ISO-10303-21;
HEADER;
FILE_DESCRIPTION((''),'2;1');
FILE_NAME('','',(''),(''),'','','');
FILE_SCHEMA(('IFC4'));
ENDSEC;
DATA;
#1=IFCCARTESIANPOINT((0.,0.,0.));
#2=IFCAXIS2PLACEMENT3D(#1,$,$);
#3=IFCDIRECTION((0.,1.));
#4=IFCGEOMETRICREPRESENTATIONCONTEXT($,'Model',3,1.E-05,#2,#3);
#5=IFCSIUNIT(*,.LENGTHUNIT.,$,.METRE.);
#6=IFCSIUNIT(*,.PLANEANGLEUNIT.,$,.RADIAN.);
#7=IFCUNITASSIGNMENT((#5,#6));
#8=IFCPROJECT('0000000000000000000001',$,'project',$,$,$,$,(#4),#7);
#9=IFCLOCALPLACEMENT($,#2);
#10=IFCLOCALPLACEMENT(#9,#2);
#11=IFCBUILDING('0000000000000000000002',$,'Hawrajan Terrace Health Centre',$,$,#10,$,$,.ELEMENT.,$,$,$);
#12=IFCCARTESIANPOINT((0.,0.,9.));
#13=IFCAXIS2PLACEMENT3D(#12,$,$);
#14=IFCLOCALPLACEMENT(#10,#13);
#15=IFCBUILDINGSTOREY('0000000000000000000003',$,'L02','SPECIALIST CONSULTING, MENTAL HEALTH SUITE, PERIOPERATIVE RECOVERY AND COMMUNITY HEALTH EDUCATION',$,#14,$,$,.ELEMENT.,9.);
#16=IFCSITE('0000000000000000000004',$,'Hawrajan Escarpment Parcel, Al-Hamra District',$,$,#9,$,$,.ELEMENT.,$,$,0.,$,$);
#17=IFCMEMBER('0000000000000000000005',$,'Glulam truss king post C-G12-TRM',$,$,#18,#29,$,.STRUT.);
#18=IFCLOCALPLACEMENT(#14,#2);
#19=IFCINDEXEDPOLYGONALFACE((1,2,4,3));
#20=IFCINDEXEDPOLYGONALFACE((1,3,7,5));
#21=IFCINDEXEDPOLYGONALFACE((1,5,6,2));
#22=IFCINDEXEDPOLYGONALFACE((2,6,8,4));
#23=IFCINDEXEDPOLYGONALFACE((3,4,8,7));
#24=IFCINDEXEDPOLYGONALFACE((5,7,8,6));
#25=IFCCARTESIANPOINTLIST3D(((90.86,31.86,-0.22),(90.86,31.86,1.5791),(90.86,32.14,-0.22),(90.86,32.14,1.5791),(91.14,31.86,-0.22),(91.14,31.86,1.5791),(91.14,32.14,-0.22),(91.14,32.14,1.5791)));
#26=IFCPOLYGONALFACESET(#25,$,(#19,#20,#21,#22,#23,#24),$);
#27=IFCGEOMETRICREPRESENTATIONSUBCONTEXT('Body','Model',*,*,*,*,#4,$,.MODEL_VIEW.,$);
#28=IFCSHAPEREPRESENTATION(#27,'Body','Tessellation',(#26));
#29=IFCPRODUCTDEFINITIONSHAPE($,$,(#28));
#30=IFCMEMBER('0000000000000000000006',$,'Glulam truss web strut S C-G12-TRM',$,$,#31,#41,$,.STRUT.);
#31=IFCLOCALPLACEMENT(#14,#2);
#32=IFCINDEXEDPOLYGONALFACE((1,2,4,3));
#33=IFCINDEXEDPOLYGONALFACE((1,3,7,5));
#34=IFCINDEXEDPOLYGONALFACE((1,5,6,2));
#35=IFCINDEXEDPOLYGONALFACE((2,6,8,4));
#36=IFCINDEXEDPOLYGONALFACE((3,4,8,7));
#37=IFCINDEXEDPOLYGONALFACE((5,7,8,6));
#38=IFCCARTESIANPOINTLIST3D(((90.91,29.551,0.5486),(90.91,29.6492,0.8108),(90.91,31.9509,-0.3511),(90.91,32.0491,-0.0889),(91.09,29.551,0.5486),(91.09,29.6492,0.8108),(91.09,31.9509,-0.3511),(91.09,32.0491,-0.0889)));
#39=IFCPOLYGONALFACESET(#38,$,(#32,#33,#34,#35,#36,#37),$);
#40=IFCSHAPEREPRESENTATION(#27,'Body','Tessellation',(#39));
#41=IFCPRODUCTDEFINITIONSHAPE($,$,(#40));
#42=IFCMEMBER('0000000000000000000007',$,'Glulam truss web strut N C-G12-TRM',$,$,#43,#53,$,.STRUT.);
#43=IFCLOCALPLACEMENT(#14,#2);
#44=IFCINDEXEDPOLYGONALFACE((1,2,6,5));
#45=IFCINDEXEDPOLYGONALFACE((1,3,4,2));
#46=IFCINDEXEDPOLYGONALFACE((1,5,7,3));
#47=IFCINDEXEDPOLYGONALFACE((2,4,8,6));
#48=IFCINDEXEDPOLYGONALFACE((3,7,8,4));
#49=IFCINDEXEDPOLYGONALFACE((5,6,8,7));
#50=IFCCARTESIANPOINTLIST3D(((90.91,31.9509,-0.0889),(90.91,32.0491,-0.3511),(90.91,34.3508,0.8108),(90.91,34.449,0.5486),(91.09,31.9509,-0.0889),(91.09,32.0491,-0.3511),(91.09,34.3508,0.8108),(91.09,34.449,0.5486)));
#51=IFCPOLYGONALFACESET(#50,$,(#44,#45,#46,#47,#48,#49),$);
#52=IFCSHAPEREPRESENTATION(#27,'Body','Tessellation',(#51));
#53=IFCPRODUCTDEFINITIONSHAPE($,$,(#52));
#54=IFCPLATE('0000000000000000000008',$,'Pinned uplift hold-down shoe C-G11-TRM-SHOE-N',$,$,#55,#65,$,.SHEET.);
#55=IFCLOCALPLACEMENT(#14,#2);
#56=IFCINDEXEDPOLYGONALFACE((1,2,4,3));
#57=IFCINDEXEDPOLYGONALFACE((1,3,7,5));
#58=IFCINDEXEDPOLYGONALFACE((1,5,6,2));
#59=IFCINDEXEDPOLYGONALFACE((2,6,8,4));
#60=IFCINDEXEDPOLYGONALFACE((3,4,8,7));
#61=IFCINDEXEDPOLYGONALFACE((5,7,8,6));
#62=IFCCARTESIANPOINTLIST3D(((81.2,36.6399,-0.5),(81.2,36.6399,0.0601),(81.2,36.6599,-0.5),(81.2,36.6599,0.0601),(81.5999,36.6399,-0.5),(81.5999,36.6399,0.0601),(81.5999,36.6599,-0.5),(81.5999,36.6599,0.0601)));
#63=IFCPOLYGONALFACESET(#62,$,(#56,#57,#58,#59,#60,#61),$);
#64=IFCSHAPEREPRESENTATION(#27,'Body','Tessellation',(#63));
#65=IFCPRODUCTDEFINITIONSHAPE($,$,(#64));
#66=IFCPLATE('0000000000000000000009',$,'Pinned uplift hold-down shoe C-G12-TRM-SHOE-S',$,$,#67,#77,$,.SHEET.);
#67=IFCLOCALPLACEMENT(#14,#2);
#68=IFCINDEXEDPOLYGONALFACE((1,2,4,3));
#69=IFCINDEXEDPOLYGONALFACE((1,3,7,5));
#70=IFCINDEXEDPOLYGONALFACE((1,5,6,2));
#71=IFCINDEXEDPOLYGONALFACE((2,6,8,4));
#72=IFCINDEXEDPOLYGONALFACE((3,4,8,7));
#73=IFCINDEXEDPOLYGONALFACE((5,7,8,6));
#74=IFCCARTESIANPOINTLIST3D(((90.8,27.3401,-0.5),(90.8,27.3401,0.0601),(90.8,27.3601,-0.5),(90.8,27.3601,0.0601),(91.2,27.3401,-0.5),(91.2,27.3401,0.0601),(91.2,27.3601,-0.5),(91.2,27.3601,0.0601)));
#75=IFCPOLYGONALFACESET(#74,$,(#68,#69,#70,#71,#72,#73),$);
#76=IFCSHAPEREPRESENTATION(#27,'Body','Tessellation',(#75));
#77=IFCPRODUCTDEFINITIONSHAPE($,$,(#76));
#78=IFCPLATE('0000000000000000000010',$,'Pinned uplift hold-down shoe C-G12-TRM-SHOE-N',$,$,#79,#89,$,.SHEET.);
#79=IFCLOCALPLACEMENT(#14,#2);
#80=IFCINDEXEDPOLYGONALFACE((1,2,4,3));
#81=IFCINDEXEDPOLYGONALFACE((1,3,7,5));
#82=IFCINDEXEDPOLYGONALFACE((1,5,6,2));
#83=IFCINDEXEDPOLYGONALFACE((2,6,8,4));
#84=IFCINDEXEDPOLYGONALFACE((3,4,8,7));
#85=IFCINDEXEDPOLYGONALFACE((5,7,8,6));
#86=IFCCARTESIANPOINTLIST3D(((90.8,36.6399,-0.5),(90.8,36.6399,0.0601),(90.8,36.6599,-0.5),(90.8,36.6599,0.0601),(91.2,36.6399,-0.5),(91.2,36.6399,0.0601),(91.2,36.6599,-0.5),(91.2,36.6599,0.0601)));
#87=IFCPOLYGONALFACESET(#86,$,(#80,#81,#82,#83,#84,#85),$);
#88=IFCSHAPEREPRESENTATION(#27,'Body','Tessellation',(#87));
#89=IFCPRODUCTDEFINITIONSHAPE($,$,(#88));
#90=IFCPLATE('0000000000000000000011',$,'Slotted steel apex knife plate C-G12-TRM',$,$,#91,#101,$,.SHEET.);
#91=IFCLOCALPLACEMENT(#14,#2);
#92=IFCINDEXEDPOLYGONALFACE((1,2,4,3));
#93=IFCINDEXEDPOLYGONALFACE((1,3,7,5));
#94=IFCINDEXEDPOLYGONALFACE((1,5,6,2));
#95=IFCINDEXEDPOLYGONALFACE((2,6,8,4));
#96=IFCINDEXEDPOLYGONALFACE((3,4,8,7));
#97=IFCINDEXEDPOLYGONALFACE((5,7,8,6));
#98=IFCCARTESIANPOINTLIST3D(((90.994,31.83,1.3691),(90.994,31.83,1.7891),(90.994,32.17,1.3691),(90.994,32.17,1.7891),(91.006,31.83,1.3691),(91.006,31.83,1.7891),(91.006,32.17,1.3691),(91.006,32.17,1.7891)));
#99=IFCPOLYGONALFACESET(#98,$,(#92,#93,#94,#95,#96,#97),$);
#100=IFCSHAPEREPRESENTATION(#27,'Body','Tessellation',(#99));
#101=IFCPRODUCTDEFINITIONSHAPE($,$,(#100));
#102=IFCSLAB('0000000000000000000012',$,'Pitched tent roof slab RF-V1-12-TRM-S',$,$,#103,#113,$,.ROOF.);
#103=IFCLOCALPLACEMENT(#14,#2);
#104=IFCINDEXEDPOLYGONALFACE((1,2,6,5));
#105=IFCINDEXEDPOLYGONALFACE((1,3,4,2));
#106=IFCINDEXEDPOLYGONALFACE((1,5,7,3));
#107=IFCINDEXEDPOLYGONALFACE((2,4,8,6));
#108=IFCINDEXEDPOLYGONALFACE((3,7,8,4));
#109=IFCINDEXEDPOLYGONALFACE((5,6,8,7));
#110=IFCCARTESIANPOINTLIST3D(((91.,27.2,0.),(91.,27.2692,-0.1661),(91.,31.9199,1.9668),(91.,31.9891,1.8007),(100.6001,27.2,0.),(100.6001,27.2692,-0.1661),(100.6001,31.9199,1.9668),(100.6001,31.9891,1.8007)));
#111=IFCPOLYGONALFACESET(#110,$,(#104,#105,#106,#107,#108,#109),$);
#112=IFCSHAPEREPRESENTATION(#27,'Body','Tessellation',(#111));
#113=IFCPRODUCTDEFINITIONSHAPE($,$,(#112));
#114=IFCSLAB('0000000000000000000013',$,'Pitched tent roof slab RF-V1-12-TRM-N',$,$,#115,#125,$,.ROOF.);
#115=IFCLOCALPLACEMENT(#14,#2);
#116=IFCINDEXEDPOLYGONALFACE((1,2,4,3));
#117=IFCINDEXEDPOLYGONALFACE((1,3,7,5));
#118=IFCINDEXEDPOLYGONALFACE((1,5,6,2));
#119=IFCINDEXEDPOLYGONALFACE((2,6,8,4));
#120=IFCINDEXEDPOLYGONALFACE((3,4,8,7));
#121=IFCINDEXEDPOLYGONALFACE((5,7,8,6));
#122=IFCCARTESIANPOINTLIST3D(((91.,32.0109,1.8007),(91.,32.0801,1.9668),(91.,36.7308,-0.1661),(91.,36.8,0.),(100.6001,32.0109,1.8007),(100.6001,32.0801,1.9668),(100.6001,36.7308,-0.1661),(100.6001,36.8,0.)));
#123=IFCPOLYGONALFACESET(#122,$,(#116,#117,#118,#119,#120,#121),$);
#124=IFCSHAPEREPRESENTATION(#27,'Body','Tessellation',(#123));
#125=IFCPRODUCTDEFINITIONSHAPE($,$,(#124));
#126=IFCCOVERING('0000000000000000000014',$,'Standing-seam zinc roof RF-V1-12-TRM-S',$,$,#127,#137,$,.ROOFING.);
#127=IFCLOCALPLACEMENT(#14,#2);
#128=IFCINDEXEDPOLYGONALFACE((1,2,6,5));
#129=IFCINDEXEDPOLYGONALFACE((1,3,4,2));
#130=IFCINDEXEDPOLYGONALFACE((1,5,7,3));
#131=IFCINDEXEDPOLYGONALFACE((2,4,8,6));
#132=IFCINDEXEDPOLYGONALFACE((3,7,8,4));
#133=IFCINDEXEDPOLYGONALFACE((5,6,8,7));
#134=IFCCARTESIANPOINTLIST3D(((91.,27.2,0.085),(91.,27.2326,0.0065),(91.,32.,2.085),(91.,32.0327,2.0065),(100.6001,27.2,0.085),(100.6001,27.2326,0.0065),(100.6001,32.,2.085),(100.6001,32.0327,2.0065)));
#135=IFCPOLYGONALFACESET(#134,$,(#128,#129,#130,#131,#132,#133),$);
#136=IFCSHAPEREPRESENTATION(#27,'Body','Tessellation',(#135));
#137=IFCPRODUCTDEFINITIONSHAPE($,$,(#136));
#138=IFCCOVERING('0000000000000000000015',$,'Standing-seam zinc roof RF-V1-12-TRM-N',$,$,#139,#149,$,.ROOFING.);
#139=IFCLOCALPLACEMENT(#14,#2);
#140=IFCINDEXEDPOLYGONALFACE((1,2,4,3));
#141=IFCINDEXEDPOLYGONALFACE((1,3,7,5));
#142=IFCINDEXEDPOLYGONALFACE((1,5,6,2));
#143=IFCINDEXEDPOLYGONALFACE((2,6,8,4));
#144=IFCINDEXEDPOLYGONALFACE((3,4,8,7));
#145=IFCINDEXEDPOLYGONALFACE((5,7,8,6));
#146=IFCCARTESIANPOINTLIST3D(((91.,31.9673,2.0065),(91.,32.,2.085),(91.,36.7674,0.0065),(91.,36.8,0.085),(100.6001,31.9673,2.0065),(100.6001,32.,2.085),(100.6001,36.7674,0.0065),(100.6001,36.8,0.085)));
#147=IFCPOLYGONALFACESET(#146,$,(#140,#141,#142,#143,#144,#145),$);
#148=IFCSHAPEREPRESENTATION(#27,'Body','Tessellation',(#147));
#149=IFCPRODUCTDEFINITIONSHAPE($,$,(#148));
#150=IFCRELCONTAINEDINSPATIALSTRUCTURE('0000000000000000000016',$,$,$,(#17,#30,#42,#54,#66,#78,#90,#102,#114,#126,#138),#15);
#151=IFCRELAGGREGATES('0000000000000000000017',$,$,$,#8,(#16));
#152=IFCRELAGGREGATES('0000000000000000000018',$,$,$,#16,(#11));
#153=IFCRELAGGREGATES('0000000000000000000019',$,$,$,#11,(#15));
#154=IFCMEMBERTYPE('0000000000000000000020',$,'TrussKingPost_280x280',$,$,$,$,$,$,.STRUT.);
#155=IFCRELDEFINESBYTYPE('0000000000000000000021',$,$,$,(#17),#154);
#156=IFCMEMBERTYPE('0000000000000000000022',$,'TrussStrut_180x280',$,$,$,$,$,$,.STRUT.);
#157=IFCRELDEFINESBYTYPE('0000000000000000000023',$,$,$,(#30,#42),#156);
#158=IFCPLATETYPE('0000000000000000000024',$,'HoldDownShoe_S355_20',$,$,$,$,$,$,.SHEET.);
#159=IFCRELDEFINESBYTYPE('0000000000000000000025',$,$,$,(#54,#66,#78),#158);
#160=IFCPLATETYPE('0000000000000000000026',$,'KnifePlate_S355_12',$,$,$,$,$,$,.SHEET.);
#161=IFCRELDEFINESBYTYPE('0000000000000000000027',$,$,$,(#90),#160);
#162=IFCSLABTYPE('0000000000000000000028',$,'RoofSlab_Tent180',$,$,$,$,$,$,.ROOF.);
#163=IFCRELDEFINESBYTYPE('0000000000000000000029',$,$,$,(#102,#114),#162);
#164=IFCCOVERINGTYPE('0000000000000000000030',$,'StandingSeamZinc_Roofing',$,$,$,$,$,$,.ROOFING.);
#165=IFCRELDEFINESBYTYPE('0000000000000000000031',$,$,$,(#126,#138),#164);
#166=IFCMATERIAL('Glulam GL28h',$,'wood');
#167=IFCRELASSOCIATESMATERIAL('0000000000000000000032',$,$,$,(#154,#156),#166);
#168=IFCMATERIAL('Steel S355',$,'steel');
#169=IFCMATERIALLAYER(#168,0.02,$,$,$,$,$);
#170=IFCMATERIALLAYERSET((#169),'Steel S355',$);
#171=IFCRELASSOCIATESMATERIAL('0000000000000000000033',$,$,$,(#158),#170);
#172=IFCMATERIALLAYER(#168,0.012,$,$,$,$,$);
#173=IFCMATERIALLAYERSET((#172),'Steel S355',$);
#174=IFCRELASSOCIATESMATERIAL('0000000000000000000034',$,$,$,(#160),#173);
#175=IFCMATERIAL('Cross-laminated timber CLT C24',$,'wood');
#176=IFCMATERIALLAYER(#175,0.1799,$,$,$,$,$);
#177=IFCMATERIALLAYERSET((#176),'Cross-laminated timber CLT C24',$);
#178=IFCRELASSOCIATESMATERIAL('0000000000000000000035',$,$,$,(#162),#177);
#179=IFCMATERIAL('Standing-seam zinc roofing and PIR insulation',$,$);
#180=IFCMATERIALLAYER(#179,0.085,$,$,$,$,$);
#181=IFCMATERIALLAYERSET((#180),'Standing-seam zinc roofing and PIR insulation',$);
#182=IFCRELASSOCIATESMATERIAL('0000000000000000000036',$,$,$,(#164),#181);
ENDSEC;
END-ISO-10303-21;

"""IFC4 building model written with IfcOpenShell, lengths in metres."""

from ifc_helpers import new_model, si_unit, direction, frame, origin, origin_2d, place, context, subcontext, project, spatial, polyline, rectangle, outline, extrude, material, layer, layer_set, material_profile, profile_set, type_object, element, save


model = new_model("IFC4")

# Units and contexts
model_context = context("Model", 3, precision=1e-05, world=origin(), true_north=direction((0.0, 1.0)))
body_context = subcontext(model_context, "Body", "Model", "MODEL_VIEW")
ifc_project = project(units=[si_unit("LENGTHUNIT", "METRE"), si_unit("PLANEANGLEUNIT", "RADIAN")], contexts=[model_context])

# Site, building, storey
site_placement = place(None, origin())
site = spatial("IfcSite", under=ifc_project, at=site_placement, Name="Hawrajan Escarpment Parcel, Al-Hamra District", CompositionType="ELEMENT", RefElevation=0.0)
building_placement = place(site_placement, origin())
building = spatial("IfcBuilding", under=site, at=building_placement, Name="Hawrajan Terrace Health Centre", CompositionType="ELEMENT")
storey_placement = place(building_placement, frame((0.0, 0.0, 9.0)))
storey = spatial("IfcBuildingStorey", under=building, at=storey_placement, Name="L02", Description="SPECIALIST CONSULTING, MENTAL HEALTH SUITE, PERIOPERATIVE RECOVERY AND COMMUNITY HEALTH EDUCATION", CompositionType="ELEMENT", Elevation=9.0)

# Shared definitions
ifc_material_1 = material(Name="Glulam GL28h", Category="wood")

# Shared definitions
ifc_material_2 = material(Name="Steel S355", Category="steel")

# Members
ifc_material_profile_1 = material_profile(ifc_material_1, rectangle(XDim=0.28, YDim=0.28, at=origin_2d()), Name="GL KP 280x280")
ifc_profile_set_1 = profile_set([ifc_material_profile_1], Name="Glulam GL28h")
member_type_1 = type_object("IfcMemberType", Name="TrussKingPost_280x280", PredefinedType="STRUT", material=ifc_profile_set_1)
member_1_placement = place(storey_placement, frame((91.0, 32.0, -0.22), z_axis=(0.0, 0.0, 1.0), x_axis=(1.0, 0.0, 0.0)))
element("IfcMember", 1, at=member_1_placement, inside=storey, type_object=member_type_1, Name="Glulam truss king post C-G12-TRM", PredefinedType="STRUT", context=body_context, shape_type="SweptSolid", body=[
    extrude(rectangle(XDim=0.28, YDim=0.28, at=origin_2d()), origin(), (0.0, 0.0, 1.0), 1.7991),
])
ifc_material_profile_2 = material_profile(ifc_material_1, rectangle(XDim=0.1799, YDim=0.28, at=origin_2d()), Name="GL WEB 180x280")
ifc_profile_set_2 = profile_set([ifc_material_profile_2], Name="Glulam GL28h")
member_type_2 = type_object("IfcMemberType", Name="TrussStrut_180x280", PredefinedType="STRUT", material=ifc_profile_set_2)
for number, where, z_axis, x_axis, name in (
    (2, (91.0, 32.0, -0.22), (0.0, -0.936368, 0.351019), (1.0, 0.0, 0.0), "Glulam truss web strut S C-G12-TRM"),
    (3, (91.0, 32.0, -0.22), (0.0, 0.936368, 0.351019), (-1.0, 0.0, 0.0), "Glulam truss web strut N C-G12-TRM"),
):
    element("IfcMember", number, at=place(storey_placement, frame(where, z_axis=z_axis, x_axis=x_axis)), inside=storey, type_object=member_type_2, Name=name, PredefinedType="STRUT", context=body_context, shape_type="SweptSolid", body=[
        extrude(rectangle(XDim=0.1799, YDim=0.28, at=origin_2d()), origin(), (0.0, 0.0, 1.0), 2.563),
    ])

# Plates
ifc_layer_1 = layer(ifc_material_2, 0.02)
ifc_layer_set_1 = layer_set([ifc_layer_1], Name="Steel S355")
plate_type_1 = type_object("IfcPlateType", Name="HoldDownShoe_S355_20", PredefinedType="SHEET", material=ifc_layer_set_1)
for number, where, z_axis, x_axis, name in (
    (4, (81.3999, 36.6499, -0.5), (0.0, 0.0, 1.0), (1.0, 0.0, 0.0), "Pinned uplift hold-down shoe C-G11-TRM-SHOE-N"),
    (5, (91.0, 27.3501, -0.5), (0.0, 0.0, 1.0), (1.0, 0.0, 0.0), "Pinned uplift hold-down shoe C-G12-TRM-SHOE-S"),
    (6, (91.0, 36.6499, -0.5), (0.0, 0.0, 1.0), (1.0, 0.0, 0.0), "Pinned uplift hold-down shoe C-G12-TRM-SHOE-N"),
):
    element("IfcPlate", number, at=place(storey_placement, frame(where, z_axis=z_axis, x_axis=x_axis)), inside=storey, type_object=plate_type_1, Name=name, PredefinedType="SHEET", context=body_context, shape_type="SweptSolid", body=[
        extrude(rectangle(XDim=0.3999, YDim=0.02, at=origin_2d()), origin(), (0.0, 0.0, 1.0), 0.5601),
    ])
ifc_layer_2 = layer(ifc_material_2, 0.012)
ifc_layer_set_2 = layer_set([ifc_layer_2], Name="Steel S355")
plate_type_2 = type_object("IfcPlateType", Name="KnifePlate_S355_12", PredefinedType="SHEET", material=ifc_layer_set_2)
plate_placement = place(storey_placement, frame((91.0, 32.0, 1.3691), z_axis=(0.0, 0.0, 1.0), x_axis=(1.0, 0.0, 0.0)))
element("IfcPlate", 7, at=plate_placement, inside=storey, type_object=plate_type_2, Name="Slotted steel apex knife plate C-G12-TRM", PredefinedType="SHEET", context=body_context, shape_type="SweptSolid", body=[
    extrude(rectangle(XDim=0.012, YDim=0.3401, at=origin_2d()), origin(), (0.0, 0.0, 1.0), 0.4199),
])

# Slabs
ifc_material_3 = material(Name="Cross-laminated timber CLT C24", Category="wood")
ifc_layer_3 = layer(ifc_material_3, 0.1799)
ifc_layer_set_3 = layer_set([ifc_layer_3], Name="Cross-laminated timber CLT C24")
slab_type = type_object("IfcSlabType", Name="RoofSlab_Tent180", PredefinedType="ROOF", material=ifc_layer_set_3)
for number, where, z_axis, x_axis, name in (
    (8, (91.0, 27.2, 0.0), (0.0, -0.384639, 0.923067), (1.0, 0.0, 0.0), "Pitched tent roof slab RF-V1-12-TRM-S"),
    (9, (91.0, 32.0801, 1.9668), (0.0, 0.384639, 0.923067), (1.0, 0.0, 0.0), "Pitched tent roof slab RF-V1-12-TRM-N"),
):
    element("IfcSlab", number, at=place(storey_placement, frame(where, z_axis=z_axis, x_axis=x_axis)), inside=storey, type_object=slab_type, Name=name, PredefinedType="ROOF", context=body_context, shape_type="SweptSolid", body=[
        extrude(outline(polyline([(0.0, 0.0), (9.6001, 0.0), (9.6001, 5.1134), (0.0, 5.1134), (0.0, 0.0)])), origin(), (0.0, 0.0, -1.0), 0.1799),
    ])

# Coverings
ifc_material_4 = material(Name="Standing-seam zinc roofing and PIR insulation")
ifc_layer_4 = layer(ifc_material_4, 0.085)
ifc_layer_set_4 = layer_set([ifc_layer_4], Name="Standing-seam zinc roofing and PIR insulation")
covering_type = type_object("IfcCoveringType", Name="StandingSeamZinc_Roofing", PredefinedType="ROOFING", material=ifc_layer_set_4)
for number, where, z_axis, x_axis, name in (
    (10, (91.0, 27.2, 0.085), (0.0, -0.384612, 0.923078), (1.0, 0.0, 0.0), "Standing-seam zinc roof RF-V1-12-TRM-S"),
    (11, (91.0, 32.0, 2.085), (0.0, 0.384612, 0.923078), (1.0, 0.0, 0.0), "Standing-seam zinc roof RF-V1-12-TRM-N"),
):
    element("IfcCovering", number, at=place(storey_placement, frame(where, z_axis=z_axis, x_axis=x_axis)), inside=storey, type_object=covering_type, Name=name, PredefinedType="ROOFING", context=body_context, shape_type="SweptSolid", body=[
        extrude(outline(polyline([(0.0, 0.0), (9.6001, 0.0), (9.6001, 5.2), (0.0, 5.2), (0.0, 0.0)])), origin(), (0.0, 0.0, -1.0), 0.085),
    ])

save(model, "model.ifc")
